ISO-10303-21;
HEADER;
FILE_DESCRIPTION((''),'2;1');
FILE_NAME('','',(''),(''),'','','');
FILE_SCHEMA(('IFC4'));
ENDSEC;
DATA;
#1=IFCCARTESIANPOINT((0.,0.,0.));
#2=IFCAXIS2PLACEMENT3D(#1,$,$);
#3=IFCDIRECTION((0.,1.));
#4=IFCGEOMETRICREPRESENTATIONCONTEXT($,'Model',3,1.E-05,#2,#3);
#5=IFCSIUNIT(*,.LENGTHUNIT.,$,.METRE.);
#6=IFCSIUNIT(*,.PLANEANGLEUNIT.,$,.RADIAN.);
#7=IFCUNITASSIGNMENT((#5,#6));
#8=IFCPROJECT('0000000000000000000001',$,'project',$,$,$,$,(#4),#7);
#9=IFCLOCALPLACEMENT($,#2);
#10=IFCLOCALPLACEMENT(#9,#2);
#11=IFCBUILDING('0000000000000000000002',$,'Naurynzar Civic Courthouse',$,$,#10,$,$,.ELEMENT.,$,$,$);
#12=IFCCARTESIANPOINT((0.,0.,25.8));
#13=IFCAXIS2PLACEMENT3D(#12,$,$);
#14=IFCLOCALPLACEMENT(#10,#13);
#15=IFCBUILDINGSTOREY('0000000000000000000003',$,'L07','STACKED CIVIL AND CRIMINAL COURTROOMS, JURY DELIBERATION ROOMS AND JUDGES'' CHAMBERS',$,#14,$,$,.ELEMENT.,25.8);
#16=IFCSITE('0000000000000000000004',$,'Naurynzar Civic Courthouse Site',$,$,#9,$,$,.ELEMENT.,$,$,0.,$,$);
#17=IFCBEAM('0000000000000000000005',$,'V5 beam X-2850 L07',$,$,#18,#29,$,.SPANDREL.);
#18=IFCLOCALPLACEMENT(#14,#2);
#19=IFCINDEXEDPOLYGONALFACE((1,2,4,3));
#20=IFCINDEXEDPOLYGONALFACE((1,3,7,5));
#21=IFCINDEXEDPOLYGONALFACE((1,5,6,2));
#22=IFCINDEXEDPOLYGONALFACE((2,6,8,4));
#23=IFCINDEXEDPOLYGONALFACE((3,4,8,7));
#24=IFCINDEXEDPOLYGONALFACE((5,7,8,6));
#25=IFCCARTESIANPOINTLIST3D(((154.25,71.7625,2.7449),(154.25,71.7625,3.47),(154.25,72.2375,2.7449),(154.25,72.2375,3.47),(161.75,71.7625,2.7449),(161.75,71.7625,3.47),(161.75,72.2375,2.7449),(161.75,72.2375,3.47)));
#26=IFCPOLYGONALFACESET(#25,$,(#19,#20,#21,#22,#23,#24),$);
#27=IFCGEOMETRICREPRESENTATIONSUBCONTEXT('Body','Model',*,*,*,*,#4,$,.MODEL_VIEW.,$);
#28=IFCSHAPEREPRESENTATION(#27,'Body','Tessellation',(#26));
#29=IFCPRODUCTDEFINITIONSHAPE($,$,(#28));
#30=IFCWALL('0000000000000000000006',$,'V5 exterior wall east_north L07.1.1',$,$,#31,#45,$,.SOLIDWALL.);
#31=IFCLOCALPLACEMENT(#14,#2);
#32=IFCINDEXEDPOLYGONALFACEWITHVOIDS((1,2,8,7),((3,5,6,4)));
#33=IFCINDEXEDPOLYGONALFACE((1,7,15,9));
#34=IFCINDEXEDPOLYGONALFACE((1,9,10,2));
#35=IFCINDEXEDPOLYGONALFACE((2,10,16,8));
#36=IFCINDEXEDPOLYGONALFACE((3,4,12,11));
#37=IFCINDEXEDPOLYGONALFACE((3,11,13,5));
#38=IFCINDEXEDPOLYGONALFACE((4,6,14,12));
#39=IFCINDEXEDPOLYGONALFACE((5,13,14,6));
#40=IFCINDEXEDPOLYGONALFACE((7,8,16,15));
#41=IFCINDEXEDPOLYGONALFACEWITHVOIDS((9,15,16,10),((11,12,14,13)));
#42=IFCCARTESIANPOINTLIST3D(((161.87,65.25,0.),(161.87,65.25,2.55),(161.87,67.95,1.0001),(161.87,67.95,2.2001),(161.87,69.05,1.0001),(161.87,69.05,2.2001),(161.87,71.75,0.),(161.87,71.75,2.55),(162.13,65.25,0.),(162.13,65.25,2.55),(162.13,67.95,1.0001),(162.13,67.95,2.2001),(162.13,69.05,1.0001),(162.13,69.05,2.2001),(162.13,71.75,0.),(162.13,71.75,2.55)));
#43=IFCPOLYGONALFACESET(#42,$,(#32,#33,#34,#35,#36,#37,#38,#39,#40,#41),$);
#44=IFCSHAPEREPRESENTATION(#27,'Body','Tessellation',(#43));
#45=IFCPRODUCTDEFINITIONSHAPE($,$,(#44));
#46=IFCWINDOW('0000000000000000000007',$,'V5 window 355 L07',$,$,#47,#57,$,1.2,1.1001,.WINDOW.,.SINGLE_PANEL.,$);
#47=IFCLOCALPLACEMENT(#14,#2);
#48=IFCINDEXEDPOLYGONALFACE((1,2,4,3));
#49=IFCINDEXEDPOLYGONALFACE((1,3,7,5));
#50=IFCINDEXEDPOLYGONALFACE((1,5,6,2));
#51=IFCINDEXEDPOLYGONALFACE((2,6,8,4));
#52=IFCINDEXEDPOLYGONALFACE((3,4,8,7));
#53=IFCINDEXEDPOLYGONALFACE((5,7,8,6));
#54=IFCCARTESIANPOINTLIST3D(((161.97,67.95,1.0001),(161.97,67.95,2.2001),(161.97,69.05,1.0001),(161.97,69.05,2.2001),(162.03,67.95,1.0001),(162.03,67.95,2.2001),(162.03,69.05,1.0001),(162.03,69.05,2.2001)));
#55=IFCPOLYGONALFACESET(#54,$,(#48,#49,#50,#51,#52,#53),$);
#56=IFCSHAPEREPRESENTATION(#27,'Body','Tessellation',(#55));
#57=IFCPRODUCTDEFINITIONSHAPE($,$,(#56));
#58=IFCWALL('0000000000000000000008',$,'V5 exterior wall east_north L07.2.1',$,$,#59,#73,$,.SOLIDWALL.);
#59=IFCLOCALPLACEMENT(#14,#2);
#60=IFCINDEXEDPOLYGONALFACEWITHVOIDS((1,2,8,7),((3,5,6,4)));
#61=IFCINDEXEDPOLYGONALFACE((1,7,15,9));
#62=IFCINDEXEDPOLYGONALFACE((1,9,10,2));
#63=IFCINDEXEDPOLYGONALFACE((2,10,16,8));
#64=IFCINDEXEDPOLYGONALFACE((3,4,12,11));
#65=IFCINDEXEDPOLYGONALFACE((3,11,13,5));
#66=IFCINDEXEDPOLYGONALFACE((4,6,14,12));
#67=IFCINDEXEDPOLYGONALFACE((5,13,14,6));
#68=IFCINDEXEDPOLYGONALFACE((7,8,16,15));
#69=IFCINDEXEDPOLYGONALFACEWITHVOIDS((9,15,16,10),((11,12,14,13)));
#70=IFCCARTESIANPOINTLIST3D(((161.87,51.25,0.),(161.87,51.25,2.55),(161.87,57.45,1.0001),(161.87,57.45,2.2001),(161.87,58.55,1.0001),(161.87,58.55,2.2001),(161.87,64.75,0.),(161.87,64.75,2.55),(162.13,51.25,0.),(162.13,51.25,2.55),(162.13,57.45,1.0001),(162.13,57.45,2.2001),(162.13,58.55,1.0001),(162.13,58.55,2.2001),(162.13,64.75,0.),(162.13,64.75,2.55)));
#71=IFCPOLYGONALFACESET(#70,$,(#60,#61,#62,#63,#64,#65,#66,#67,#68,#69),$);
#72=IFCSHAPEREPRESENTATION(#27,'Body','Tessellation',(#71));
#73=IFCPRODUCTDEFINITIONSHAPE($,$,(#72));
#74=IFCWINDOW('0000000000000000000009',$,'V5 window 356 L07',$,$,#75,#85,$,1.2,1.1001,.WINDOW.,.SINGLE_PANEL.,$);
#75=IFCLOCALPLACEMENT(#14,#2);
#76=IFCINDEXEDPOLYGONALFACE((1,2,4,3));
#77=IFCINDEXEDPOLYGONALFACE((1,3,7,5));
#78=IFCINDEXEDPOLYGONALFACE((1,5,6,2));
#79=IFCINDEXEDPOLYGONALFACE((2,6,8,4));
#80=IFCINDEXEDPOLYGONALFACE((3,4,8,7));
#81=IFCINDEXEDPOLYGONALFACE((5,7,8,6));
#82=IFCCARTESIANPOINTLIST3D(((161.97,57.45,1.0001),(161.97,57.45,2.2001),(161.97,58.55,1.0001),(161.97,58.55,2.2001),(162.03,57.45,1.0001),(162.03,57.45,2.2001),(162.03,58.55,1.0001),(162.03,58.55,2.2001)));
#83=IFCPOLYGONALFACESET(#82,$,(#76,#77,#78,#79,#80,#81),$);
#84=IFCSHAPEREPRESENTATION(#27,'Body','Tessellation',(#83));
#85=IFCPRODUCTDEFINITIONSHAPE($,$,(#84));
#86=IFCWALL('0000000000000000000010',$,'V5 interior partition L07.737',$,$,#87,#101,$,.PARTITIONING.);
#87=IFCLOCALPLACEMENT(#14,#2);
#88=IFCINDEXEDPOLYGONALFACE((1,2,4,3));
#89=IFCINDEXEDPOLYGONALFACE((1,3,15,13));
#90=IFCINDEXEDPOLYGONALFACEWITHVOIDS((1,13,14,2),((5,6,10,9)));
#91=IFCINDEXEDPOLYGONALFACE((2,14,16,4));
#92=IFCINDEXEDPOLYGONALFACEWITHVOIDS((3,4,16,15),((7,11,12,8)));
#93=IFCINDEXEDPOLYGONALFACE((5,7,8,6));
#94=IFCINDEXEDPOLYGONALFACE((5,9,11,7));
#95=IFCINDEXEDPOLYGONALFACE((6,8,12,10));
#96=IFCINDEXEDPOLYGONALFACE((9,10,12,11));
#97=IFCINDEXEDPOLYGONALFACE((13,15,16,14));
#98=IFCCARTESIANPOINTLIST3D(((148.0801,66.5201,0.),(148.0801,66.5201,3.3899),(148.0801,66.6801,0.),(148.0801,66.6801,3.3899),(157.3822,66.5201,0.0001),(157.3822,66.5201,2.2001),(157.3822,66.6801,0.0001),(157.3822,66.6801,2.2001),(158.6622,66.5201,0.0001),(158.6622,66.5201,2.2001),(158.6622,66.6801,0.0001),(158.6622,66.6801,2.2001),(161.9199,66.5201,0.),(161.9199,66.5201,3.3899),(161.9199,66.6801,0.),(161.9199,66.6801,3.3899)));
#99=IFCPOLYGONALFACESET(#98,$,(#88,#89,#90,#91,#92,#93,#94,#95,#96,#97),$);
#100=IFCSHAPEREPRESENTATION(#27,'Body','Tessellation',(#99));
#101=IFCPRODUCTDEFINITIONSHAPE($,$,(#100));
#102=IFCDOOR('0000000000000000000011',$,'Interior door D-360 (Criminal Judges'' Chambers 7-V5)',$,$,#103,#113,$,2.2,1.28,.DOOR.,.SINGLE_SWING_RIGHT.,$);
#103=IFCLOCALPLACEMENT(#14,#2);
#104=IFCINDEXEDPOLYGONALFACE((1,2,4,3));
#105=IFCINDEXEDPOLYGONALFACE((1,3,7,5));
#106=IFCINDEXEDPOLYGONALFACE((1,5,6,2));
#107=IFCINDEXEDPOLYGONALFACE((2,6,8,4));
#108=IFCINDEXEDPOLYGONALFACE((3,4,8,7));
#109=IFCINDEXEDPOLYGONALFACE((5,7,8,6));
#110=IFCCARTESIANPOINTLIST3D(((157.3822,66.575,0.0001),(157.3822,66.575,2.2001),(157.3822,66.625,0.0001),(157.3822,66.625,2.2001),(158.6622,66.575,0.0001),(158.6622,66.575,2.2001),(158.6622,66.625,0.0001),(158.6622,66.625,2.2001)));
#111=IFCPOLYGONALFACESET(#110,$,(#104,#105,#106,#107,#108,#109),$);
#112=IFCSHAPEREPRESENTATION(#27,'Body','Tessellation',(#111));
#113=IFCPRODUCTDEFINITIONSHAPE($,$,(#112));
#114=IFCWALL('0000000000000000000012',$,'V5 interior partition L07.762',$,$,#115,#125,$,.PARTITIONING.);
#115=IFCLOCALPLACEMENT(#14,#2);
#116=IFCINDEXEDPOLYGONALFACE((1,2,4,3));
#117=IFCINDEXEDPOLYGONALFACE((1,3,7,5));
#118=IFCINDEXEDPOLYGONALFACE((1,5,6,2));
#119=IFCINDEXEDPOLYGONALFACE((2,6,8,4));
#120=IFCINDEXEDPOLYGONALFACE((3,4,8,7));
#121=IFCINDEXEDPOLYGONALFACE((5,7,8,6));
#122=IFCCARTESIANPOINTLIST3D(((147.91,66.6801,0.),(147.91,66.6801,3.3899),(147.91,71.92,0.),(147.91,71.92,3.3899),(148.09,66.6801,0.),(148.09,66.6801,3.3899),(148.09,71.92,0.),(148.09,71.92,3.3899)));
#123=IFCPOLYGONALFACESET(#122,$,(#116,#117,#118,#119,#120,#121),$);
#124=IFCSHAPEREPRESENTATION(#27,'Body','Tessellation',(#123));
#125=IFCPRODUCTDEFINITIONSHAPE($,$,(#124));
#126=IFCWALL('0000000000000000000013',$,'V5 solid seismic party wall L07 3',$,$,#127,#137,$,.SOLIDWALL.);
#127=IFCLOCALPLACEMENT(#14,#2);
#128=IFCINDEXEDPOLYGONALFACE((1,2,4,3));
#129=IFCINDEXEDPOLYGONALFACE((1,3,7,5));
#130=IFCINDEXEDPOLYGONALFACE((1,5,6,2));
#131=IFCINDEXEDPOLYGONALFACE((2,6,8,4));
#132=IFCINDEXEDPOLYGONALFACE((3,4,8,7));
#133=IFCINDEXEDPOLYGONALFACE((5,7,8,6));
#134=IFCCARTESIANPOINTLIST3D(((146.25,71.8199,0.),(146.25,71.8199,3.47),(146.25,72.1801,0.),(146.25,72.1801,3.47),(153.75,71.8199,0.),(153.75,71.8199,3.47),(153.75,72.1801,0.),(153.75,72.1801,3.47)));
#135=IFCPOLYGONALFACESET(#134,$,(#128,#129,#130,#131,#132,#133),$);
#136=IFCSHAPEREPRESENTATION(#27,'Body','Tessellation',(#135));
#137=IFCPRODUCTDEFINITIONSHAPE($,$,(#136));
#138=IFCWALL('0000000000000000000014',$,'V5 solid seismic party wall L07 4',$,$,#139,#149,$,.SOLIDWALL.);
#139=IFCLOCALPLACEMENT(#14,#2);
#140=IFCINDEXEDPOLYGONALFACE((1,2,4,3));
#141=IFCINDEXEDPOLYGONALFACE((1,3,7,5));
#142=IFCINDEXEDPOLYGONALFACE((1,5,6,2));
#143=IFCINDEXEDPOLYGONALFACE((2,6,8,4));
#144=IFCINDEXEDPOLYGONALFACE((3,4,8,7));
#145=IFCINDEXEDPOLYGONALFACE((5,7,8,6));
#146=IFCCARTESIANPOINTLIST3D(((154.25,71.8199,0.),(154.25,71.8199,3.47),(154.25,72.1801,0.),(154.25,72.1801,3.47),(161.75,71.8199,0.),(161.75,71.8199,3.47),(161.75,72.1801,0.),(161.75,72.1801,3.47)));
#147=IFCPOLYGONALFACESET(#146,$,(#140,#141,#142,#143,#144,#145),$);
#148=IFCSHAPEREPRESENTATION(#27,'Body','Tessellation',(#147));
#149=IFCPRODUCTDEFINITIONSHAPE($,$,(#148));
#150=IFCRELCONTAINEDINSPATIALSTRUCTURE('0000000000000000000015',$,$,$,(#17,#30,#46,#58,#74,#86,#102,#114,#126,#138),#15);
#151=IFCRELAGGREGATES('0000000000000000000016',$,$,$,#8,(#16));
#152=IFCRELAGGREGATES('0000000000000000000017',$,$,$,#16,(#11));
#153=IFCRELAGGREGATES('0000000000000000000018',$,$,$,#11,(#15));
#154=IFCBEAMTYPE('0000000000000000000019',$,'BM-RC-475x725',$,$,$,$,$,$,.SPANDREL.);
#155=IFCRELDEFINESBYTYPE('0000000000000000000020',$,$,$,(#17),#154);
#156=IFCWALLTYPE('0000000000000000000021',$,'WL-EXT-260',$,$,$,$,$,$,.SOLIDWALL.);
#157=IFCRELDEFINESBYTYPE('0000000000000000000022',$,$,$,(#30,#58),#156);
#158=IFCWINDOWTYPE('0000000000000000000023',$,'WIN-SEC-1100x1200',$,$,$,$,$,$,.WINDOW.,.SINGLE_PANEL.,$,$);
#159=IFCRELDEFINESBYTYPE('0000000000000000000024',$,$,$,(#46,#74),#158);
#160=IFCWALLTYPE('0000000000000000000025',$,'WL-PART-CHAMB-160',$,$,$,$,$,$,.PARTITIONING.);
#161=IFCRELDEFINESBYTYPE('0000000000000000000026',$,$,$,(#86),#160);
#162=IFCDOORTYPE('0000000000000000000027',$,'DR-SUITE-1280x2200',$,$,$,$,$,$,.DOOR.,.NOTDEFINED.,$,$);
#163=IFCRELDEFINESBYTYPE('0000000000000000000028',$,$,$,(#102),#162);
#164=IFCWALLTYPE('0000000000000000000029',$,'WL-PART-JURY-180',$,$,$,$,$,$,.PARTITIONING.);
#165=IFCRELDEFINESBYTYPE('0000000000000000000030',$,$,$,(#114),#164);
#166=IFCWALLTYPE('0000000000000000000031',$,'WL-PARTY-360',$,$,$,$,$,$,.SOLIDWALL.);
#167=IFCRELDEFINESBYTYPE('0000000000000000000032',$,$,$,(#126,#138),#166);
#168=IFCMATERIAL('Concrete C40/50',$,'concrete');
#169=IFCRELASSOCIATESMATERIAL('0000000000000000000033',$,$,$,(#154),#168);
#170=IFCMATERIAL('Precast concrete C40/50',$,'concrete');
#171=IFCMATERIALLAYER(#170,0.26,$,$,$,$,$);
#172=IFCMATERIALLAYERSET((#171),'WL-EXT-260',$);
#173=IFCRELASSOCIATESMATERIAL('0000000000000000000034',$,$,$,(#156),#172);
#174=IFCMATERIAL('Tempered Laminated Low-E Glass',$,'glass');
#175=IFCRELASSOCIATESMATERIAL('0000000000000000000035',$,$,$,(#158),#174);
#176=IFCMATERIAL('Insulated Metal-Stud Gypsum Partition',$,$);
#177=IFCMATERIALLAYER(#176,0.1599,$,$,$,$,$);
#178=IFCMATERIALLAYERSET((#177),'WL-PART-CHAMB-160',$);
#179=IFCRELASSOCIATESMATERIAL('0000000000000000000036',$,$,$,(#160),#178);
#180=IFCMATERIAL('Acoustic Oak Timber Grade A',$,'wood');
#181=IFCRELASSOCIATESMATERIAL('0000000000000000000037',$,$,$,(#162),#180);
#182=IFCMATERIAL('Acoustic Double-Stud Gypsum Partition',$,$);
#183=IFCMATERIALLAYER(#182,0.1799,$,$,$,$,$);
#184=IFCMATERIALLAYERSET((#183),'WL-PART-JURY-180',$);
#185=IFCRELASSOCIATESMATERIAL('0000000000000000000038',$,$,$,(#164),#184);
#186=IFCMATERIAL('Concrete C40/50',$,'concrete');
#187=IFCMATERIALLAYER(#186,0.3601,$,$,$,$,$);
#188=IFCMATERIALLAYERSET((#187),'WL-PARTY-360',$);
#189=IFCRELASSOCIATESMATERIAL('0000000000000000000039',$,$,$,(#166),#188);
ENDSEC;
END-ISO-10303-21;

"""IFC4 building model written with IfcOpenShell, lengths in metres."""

from ifc_helpers import new_model, si_unit, direction, frame, frame_2d, origin, origin_2d, place, context, subcontext, project, spatial, rectangle, extrude, material, layer, layer_set, material_profile, profile_set, type_object, element, fill, save


model = new_model("IFC4")

# Units and contexts
model_context = context("Model", 3, precision=1e-05, world=origin(), true_north=direction((0.0, 1.0)))
body_context = subcontext(model_context, "Body", "Model", "MODEL_VIEW")
ifc_project = project(units=[si_unit("LENGTHUNIT", "METRE"), si_unit("PLANEANGLEUNIT", "RADIAN")], contexts=[model_context])

# Site, building, storey
site_placement = place(None, origin())
site = spatial("IfcSite", under=ifc_project, at=site_placement, Name="Naurynzar Civic Courthouse Site", CompositionType="ELEMENT", RefElevation=0.0)
building_placement = place(site_placement, origin())
building = spatial("IfcBuilding", under=site, at=building_placement, Name="Naurynzar Civic Courthouse", CompositionType="ELEMENT")
storey_placement = place(building_placement, frame((0.0, 0.0, 25.8)))
storey = spatial("IfcBuildingStorey", under=building, at=storey_placement, Name="L07", Description="STACKED CIVIL AND CRIMINAL COURTROOMS, JURY DELIBERATION ROOMS AND JUDGES' CHAMBERS", CompositionType="ELEMENT", Elevation=25.8)

# Beam
ifc_material_1 = material(Name="Concrete C40/50", Category="concrete")
ifc_material_profile_1 = material_profile(ifc_material_1, rectangle(XDim=0.4751, YDim=0.7251, at=origin_2d()), Name="RCB 475x725")
ifc_profile_set_1 = profile_set([ifc_material_profile_1], Name="Concrete C40/50")
beam_type_1 = type_object("IfcBeamType", Name="BM-RC-475x725", PredefinedType="SPANDREL", material=ifc_profile_set_1)
for number, where, z_axis, x_axis, name in (
    (1, (154.25, 72.0, 3.1074), (1.0, 0.0, 0.0), (0.0, 1.0, 0.0), "V5 beam X-2850 L07"),
):
    element("IfcBeam", number, at=place(storey_placement, frame(where, z_axis=z_axis, x_axis=x_axis)), inside=storey, type_object=beam_type_1, Name=name, PredefinedType="SPANDREL", context=body_context, shape_type="SweptSolid", body=[
        extrude(rectangle(XDim=0.4751, YDim=0.7251, at=origin_2d()), origin(), (0.0, 0.0, 1.0), 7.5),
    ])

# Walls, openings, windows
ifc_material_2 = material(Name="Precast concrete C40/50", Category="concrete")
ifc_layer_1 = layer(ifc_material_2, 0.26)
ifc_layer_set_1 = layer_set([ifc_layer_1], Name="WL-EXT-260")
wall_type_1 = type_object("IfcWallType", Name="WL-EXT-260", PredefinedType="SOLIDWALL", material=ifc_layer_set_1)
wall_1_placement = place(storey_placement, frame((162.0, 71.75, 0.0), z_axis=(0.0, 0.0, 1.0), x_axis=(0.0, -1.0, 0.0)))
wall_1 = element("IfcWall", 2, at=wall_1_placement, inside=storey, type_object=wall_type_1, Name="V5 exterior wall east_north L07.1.1", PredefinedType="SOLIDWALL", context=body_context, shape_type="SweptSolid", body=[
    extrude(rectangle(XDim=6.5, YDim=0.26, at=frame_2d((3.25, 0.0))), origin(), (0.0, 0.0, 1.0), 2.55),
])
opening_1_placement = place(wall_1_placement, frame((2.7, 0.0, 1.0)))
opening_1 = element("IfcOpeningElement", 3, at=opening_1_placement, cuts=wall_1, PredefinedType="OPENING", context=body_context, shape_type="SweptSolid", body=[
    extrude(rectangle(XDim=1.1001, YDim=1.2, at=frame_2d((0.55, 0.6001))), frame((0.0, 0.1399, 0.0), z_axis=(0.0, -1.0, 0.0), x_axis=(1.0, 0.0, 0.0)), (0.0, 0.0, 1.0), 0.28),
])
ifc_material_3 = material(Name="Tempered Laminated Low-E Glass", Category="glass")
window_type = type_object("IfcWindowType", Name="WIN-SEC-1100x1200", PartitioningType="SINGLE_PANEL", PredefinedType="WINDOW", material=ifc_material_3)
window_1_placement = place(opening_1_placement, origin())
window_1 = element("IfcWindow", 4, at=window_1_placement, inside=storey, type_object=window_type, Name="V5 window 355 L07", OverallHeight=1.2, OverallWidth=1.1001, PartitioningType="SINGLE_PANEL", PredefinedType="WINDOW", context=body_context, shape_type="SweptSolid", body=[
    extrude(rectangle(XDim=1.1001, YDim=1.2, at=frame_2d((0.55, 0.6001))), frame((0.0, 0.03, 0.0), z_axis=(0.0, -1.0, 0.0), x_axis=(1.0, 0.0, 0.0)), (0.0, 0.0, 1.0), 0.0601),
])
fill(opening_1, window_1)
wall_2_placement = place(storey_placement, frame((162.0, 64.75, 0.0), z_axis=(0.0, 0.0, 1.0), x_axis=(0.0, -1.0, 0.0)))
wall_2 = element("IfcWall", 5, at=wall_2_placement, inside=storey, type_object=wall_type_1, Name="V5 exterior wall east_north L07.2.1", PredefinedType="SOLIDWALL", context=body_context, shape_type="SweptSolid", body=[
    extrude(rectangle(XDim=13.5, YDim=0.26, at=frame_2d((6.75, 0.0))), origin(), (0.0, 0.0, 1.0), 2.55),
])
opening_2_placement = place(wall_2_placement, frame((6.2, 0.0, 1.0)))
opening_2 = element("IfcOpeningElement", 6, at=opening_2_placement, cuts=wall_2, PredefinedType="OPENING", context=body_context, shape_type="SweptSolid", body=[
    extrude(rectangle(XDim=1.1001, YDim=1.2, at=frame_2d((0.55, 0.6001))), frame((0.0, 0.1399, 0.0), z_axis=(0.0, -1.0, 0.0), x_axis=(1.0, 0.0, 0.0)), (0.0, 0.0, 1.0), 0.28),
])
window_2_placement = place(opening_2_placement, origin())
window_2 = element("IfcWindow", 7, at=window_2_placement, inside=storey, type_object=window_type, Name="V5 window 356 L07", OverallHeight=1.2, OverallWidth=1.1001, PartitioningType="SINGLE_PANEL", PredefinedType="WINDOW", context=body_context, shape_type="SweptSolid", body=[
    extrude(rectangle(XDim=1.1001, YDim=1.2, at=frame_2d((0.55, 0.6001))), frame((0.0, 0.03, 0.0), z_axis=(0.0, -1.0, 0.0), x_axis=(1.0, 0.0, 0.0)), (0.0, 0.0, 1.0), 0.0601),
])
fill(opening_2, window_2)

# Wall, opening, door
ifc_material_4 = material(Name="Insulated Metal-Stud Gypsum Partition")
ifc_layer_2 = layer(ifc_material_4, 0.1599)
ifc_layer_set_2 = layer_set([ifc_layer_2], Name="WL-PART-CHAMB-160")
wall_type_2 = type_object("IfcWallType", Name="WL-PART-CHAMB-160", PredefinedType="PARTITIONING", material=ifc_layer_set_2)
wall_3_placement = place(storey_placement, frame((148.0801, 66.6001, 0.0), z_axis=(0.0, 0.0, 1.0), x_axis=(1.0, 0.0, 0.0)))
wall_3 = element("IfcWall", 8, at=wall_3_placement, inside=storey, type_object=wall_type_2, Name="V5 interior partition L07.737", PredefinedType="PARTITIONING", context=body_context, shape_type="SweptSolid", body=[
    extrude(rectangle(XDim=13.8398, YDim=0.1599, at=frame_2d((6.9199, 0.0))), origin(), (0.0, 0.0, 1.0), 3.3899),
])
opening_3_placement = place(wall_3_placement, frame((9.302, 0.0, 0.0)))
opening_3 = element("IfcOpeningElement", 9, at=opening_3_placement, cuts=wall_3, PredefinedType="OPENING", context=body_context, shape_type="SweptSolid", body=[
    extrude(rectangle(XDim=1.28, YDim=2.2, at=frame_2d((0.6401, 1.1001))), frame((0.0, 0.0898, 0.0), z_axis=(0.0, -1.0, 0.0), x_axis=(1.0, 0.0, 0.0)), (0.0, 0.0, 1.0), 0.1799),
])
ifc_material_5 = material(Name="Acoustic Oak Timber Grade A", Category="wood")
door_type = type_object("IfcDoorType", Name="DR-SUITE-1280x2200", OperationType="NOTDEFINED", PredefinedType="DOOR", material=ifc_material_5)
door_placement = place(opening_3_placement, origin())
door = element("IfcDoor", 10, at=door_placement, inside=storey, type_object=door_type, Name="Interior door D-360 (Criminal Judges' Chambers 7-V5)", OperationType="SINGLE_SWING_RIGHT", OverallHeight=2.2, OverallWidth=1.28, PredefinedType="DOOR", context=body_context, shape_type="SweptSolid", body=[
    extrude(rectangle(XDim=1.28, YDim=2.2, at=frame_2d((0.6401, 1.1001))), frame((0.0, 0.0249, 0.0), z_axis=(0.0, -1.0, 0.0), x_axis=(1.0, 0.0, 0.0)), (0.0, 0.0, 1.0), 0.05),
])
fill(opening_3, door)

# Walls
ifc_material_6 = material(Name="Acoustic Double-Stud Gypsum Partition")
ifc_layer_3 = layer(ifc_material_6, 0.1799)
ifc_layer_set_3 = layer_set([ifc_layer_3], Name="WL-PART-JURY-180")
wall_type_3 = type_object("IfcWallType", Name="WL-PART-JURY-180", PredefinedType="PARTITIONING", material=ifc_layer_set_3)
wall_4_placement = place(storey_placement, frame((148.0, 66.6799, 0.0), z_axis=(0.0, 0.0, 1.0), x_axis=(0.0, 1.0, 0.0)))
element("IfcWall", 11, at=wall_4_placement, inside=storey, type_object=wall_type_3, Name="V5 interior partition L07.762", PredefinedType="PARTITIONING", context=body_context, shape_type="SweptSolid", body=[
    extrude(rectangle(XDim=5.24, YDim=0.1799, at=frame_2d((2.6201, 0.0))), origin(), (0.0, 0.0, 1.0), 3.3899),
])
ifc_material_7 = material(Name="Concrete C40/50", Category="concrete")
ifc_layer_4 = layer(ifc_material_7, 0.3601)
ifc_layer_set_4 = layer_set([ifc_layer_4], Name="WL-PARTY-360")
wall_type_4 = type_object("IfcWallType", Name="WL-PARTY-360", PredefinedType="SOLIDWALL", material=ifc_layer_set_4)
for number, where, z_axis, x_axis, name in (
    (12, (146.25, 72.0, 0.0), (0.0, 0.0, 1.0), (1.0, 0.0, 0.0), "V5 solid seismic party wall L07 3"),
    (13, (154.25, 72.0, 0.0), (0.0, 0.0, 1.0), (1.0, 0.0, 0.0), "V5 solid seismic party wall L07 4"),
):
    element("IfcWall", number, at=place(storey_placement, frame(where, z_axis=z_axis, x_axis=x_axis)), inside=storey, type_object=wall_type_4, Name=name, PredefinedType="SOLIDWALL", context=body_context, shape_type="SweptSolid", body=[
        extrude(rectangle(XDim=7.5, YDim=0.3601, at=frame_2d((3.75, 0.0))), origin(), (0.0, 0.0, 1.0), 3.47),
    ])

save(model, "model.ifc")
